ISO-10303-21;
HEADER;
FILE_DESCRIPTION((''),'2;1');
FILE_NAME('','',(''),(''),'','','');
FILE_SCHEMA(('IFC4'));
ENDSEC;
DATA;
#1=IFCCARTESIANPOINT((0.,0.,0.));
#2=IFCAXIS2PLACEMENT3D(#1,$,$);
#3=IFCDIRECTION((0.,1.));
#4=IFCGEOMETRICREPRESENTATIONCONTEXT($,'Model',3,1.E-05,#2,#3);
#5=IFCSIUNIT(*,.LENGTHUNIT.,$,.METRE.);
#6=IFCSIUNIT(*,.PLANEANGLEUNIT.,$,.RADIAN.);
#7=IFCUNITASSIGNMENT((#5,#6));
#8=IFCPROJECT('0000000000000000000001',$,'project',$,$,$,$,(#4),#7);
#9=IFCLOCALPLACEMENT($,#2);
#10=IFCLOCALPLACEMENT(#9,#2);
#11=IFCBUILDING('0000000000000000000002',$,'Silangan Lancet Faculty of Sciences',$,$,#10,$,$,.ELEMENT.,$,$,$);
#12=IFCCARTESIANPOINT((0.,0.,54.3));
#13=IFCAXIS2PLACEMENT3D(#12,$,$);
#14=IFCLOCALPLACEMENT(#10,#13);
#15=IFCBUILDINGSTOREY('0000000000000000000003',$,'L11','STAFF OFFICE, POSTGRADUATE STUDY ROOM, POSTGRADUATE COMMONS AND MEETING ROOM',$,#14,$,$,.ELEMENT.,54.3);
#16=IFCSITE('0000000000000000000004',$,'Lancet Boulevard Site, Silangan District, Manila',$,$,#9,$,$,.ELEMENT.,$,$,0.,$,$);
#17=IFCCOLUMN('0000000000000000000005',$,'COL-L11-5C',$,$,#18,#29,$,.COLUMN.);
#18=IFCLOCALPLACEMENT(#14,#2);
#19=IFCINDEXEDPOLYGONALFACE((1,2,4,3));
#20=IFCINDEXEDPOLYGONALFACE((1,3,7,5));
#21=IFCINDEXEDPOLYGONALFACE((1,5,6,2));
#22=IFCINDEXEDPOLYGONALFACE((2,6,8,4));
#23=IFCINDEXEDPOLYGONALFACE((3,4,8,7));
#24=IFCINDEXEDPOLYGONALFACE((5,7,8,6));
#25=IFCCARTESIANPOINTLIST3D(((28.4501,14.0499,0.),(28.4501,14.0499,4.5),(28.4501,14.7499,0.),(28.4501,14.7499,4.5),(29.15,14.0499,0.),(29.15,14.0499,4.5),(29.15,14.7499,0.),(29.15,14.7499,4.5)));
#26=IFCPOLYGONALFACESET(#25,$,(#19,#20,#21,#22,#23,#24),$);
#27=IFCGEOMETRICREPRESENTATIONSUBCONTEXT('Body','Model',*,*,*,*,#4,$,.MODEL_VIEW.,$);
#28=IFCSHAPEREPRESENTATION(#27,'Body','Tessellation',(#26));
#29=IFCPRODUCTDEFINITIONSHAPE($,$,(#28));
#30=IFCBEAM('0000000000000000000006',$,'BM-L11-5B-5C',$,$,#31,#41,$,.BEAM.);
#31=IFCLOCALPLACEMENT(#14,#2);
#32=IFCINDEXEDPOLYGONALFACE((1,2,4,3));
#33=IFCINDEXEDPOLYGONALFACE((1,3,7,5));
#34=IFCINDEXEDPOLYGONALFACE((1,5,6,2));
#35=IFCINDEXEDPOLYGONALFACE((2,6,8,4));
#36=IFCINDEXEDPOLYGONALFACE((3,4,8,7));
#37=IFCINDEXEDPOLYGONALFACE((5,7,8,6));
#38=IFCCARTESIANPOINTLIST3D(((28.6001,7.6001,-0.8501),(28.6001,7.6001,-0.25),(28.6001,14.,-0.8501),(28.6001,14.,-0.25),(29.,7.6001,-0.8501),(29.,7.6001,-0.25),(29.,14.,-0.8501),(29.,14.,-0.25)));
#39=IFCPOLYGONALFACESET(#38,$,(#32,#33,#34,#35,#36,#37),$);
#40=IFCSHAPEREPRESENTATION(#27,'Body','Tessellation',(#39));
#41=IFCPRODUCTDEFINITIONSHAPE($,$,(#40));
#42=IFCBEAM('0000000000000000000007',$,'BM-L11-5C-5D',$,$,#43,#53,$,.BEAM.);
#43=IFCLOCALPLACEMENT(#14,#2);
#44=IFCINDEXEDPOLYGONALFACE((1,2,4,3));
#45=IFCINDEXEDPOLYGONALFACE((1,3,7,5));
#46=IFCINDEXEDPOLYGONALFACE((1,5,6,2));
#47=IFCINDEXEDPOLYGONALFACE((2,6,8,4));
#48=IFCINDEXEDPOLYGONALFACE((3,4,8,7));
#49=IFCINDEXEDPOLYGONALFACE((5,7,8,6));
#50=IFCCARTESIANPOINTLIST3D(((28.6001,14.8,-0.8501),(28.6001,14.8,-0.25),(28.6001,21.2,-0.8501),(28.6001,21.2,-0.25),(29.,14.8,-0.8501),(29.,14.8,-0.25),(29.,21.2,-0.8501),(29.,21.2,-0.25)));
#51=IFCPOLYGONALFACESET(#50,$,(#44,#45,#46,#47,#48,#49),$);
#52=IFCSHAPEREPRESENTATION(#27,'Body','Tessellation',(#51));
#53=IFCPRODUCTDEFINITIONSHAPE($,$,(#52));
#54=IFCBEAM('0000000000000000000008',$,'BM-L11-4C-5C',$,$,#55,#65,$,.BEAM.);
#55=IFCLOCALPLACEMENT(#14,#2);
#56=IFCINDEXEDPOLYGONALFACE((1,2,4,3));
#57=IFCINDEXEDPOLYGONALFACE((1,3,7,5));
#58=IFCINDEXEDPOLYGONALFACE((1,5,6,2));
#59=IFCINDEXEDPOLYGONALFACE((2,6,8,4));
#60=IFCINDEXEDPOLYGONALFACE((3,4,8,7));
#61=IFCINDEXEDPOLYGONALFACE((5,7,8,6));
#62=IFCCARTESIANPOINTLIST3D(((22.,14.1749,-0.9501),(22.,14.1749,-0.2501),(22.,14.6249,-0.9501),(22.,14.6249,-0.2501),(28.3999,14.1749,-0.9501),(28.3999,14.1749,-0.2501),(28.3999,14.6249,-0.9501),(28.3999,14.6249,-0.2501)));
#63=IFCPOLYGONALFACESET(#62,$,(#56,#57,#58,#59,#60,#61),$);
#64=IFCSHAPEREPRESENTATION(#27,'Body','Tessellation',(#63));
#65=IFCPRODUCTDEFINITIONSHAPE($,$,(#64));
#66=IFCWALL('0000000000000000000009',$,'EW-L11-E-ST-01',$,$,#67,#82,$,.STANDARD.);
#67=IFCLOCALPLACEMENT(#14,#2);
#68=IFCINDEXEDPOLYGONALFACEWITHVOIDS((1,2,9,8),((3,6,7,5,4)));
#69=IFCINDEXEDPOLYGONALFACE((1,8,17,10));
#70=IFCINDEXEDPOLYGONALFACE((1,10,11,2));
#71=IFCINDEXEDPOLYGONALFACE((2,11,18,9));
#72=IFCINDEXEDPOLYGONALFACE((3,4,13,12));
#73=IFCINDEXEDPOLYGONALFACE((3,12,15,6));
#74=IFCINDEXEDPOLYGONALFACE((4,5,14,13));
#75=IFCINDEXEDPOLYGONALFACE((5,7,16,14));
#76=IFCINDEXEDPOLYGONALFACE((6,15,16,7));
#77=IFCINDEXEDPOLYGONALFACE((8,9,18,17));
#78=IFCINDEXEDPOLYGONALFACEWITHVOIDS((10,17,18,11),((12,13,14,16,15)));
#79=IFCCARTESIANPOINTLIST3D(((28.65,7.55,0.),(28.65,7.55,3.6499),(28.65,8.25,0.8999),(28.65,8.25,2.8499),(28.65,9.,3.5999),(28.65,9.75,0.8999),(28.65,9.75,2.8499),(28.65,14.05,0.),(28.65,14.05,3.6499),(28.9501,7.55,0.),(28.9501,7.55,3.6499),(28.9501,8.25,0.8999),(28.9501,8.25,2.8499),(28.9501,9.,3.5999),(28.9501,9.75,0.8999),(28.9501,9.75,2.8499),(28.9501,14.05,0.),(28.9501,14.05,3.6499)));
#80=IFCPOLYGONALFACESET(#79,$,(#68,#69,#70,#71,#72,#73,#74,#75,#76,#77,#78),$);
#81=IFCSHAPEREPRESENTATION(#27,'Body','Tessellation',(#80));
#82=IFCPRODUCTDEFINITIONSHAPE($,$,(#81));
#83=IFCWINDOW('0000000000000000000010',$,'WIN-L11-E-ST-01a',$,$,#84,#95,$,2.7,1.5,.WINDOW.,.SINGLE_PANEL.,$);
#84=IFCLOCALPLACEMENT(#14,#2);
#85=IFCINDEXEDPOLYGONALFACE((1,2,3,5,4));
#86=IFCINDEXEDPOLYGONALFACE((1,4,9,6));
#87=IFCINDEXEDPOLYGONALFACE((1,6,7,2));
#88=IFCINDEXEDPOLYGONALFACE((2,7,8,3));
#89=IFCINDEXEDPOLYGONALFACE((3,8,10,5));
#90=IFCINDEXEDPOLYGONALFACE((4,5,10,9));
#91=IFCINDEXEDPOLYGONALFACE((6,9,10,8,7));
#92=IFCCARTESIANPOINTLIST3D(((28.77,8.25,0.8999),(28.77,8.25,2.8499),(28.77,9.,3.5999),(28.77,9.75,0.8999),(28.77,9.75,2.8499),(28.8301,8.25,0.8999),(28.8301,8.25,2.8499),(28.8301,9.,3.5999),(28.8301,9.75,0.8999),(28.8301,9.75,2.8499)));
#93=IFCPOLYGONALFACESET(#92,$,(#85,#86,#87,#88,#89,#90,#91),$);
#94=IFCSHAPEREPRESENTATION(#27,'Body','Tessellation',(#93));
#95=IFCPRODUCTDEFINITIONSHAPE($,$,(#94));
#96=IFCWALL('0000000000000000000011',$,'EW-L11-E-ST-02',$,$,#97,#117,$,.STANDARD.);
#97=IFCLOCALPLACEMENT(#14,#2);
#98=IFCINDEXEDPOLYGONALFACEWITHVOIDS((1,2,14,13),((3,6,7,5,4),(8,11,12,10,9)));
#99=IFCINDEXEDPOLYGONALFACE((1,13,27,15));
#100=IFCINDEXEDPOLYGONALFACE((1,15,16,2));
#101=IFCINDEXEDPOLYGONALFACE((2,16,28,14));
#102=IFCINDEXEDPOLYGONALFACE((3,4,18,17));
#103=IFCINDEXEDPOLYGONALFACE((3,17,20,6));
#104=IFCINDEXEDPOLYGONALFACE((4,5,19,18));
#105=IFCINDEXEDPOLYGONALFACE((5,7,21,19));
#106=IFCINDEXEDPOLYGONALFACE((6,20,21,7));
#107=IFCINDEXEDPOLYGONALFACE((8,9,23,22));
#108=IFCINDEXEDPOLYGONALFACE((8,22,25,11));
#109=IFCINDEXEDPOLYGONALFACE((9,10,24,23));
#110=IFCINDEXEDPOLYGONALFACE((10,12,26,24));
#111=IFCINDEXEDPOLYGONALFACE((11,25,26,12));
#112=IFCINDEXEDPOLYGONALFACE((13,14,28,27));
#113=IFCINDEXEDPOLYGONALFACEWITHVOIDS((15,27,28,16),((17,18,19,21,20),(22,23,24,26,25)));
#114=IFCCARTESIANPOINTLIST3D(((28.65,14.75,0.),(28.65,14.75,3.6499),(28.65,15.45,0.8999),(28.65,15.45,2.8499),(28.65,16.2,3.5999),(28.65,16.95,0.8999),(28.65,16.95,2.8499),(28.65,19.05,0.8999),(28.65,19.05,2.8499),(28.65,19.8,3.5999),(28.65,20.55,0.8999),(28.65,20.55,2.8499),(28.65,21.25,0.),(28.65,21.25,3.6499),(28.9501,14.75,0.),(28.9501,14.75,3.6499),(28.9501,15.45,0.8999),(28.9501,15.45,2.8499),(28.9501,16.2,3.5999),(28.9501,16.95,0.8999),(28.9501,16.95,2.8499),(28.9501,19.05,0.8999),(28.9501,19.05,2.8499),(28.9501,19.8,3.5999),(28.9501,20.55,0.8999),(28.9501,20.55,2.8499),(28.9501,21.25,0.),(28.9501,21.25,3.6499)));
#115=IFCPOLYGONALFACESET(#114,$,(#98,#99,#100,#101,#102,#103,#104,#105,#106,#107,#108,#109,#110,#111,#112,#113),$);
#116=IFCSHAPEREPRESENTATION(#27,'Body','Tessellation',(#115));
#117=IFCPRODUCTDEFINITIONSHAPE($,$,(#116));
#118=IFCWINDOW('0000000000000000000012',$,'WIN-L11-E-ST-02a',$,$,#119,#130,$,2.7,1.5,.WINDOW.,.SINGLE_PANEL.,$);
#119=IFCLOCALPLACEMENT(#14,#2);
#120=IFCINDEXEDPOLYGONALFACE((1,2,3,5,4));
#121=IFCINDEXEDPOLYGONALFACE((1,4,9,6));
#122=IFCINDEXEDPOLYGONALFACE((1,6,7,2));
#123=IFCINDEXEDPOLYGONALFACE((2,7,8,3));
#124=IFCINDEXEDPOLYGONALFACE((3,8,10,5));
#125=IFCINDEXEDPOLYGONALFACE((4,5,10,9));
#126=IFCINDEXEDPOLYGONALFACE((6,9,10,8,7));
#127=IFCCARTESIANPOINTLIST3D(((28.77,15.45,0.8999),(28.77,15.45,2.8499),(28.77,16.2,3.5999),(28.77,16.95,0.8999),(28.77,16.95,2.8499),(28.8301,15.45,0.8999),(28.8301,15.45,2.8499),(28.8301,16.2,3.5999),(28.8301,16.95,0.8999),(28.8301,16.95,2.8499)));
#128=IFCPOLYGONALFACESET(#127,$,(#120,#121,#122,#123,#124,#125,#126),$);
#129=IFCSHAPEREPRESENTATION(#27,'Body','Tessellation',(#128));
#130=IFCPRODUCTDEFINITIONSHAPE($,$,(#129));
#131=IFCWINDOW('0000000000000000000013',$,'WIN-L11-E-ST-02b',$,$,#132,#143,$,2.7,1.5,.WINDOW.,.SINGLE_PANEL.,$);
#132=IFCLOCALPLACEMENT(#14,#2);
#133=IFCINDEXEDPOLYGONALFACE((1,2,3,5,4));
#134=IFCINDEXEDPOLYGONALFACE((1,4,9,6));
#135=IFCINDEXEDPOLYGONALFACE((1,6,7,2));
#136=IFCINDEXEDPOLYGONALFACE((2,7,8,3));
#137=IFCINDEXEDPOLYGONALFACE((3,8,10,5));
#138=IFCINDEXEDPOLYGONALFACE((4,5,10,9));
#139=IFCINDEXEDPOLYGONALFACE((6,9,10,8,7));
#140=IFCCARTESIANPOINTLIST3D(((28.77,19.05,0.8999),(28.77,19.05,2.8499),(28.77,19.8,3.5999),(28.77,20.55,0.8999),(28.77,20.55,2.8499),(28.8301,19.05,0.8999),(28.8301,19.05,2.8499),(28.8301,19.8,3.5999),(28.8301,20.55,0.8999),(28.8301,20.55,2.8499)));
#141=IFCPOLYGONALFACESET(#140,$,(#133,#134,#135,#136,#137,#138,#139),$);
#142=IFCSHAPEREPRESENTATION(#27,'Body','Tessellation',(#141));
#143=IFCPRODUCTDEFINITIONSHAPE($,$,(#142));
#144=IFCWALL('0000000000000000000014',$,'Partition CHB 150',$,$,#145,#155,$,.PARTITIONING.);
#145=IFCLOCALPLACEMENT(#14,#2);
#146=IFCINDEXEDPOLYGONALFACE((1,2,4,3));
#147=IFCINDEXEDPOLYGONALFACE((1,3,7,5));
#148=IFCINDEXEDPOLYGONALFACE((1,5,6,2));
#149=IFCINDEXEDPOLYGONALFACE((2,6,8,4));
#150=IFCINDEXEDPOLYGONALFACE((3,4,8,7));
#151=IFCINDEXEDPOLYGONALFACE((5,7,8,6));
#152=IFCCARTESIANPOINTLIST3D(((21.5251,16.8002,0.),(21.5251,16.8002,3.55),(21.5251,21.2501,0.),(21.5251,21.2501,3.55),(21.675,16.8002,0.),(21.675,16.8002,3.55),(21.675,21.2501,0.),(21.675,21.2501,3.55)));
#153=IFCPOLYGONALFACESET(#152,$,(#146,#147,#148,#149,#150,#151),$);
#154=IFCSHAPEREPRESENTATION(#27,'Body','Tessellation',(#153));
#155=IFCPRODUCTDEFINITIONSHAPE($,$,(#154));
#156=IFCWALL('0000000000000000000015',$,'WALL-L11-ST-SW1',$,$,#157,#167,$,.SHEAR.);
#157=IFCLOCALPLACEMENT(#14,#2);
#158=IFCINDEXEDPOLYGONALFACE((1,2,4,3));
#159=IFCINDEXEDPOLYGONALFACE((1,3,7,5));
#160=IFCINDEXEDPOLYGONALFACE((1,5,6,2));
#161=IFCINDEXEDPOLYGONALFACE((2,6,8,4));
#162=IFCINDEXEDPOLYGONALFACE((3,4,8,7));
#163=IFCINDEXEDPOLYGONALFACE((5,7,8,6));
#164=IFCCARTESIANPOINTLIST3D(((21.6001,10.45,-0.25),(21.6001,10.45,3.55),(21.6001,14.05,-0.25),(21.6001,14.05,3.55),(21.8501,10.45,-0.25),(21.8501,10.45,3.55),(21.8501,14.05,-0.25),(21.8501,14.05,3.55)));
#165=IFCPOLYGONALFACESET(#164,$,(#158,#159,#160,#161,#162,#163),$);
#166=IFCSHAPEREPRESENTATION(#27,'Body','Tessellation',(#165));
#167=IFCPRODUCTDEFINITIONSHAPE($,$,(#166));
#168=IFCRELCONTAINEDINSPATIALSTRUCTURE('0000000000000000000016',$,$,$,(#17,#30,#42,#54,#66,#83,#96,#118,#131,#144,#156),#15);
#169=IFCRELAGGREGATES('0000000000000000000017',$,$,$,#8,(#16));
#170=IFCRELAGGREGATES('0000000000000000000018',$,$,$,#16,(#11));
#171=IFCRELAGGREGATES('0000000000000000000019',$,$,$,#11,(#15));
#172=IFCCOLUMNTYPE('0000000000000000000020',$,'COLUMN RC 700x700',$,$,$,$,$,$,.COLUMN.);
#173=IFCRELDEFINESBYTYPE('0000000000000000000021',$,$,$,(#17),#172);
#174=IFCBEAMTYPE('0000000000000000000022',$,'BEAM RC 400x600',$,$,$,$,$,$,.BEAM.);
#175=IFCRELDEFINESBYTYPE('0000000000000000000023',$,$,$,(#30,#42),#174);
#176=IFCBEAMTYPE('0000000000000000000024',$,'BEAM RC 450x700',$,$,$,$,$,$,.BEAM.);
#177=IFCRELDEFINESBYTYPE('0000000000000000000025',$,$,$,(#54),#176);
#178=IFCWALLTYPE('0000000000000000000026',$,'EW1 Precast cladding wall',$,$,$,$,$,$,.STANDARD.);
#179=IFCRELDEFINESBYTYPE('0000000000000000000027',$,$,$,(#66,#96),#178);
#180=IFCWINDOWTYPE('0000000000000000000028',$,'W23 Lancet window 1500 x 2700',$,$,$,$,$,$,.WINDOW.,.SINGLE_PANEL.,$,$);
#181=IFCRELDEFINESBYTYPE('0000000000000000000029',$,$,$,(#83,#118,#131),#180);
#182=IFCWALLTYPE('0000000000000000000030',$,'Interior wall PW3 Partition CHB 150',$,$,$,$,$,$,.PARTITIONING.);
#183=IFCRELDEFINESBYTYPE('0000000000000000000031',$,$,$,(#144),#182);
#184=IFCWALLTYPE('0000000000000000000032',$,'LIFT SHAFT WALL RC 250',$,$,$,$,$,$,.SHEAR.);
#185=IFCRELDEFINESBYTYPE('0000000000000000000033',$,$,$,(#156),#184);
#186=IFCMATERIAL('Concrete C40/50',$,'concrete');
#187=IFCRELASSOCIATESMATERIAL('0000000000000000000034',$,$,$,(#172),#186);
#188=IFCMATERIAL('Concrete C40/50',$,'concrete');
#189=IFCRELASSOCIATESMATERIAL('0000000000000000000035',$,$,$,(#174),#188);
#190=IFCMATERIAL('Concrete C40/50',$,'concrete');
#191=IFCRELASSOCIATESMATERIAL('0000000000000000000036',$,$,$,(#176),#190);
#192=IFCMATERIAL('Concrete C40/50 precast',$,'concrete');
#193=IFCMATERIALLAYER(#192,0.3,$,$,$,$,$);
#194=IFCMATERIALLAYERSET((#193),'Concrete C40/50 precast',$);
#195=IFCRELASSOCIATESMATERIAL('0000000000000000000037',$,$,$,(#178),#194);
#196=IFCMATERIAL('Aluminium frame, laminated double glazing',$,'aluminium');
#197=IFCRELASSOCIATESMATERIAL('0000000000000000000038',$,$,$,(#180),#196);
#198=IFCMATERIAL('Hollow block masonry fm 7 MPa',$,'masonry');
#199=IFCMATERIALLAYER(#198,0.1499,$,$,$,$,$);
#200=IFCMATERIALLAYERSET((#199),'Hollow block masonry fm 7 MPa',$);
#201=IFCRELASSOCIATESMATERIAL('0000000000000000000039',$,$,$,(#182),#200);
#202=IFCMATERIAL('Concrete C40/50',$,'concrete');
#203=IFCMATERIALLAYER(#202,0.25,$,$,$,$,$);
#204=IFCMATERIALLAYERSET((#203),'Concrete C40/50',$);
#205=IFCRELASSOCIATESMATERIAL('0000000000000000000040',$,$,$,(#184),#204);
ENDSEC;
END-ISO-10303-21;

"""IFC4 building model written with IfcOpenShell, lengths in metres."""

from ifc_helpers import new_model, si_unit, direction, frame, frame_2d, origin, origin_2d, place, context, subcontext, project, spatial, polyline, rectangle, outline, extrude, material, layer, layer_set, material_profile, profile_set, type_object, element, fill, save


model = new_model("IFC4")

# Units and contexts
model_context = context("Model", 3, precision=1e-05, world=origin(), true_north=direction((0.0, 1.0)))
body_context = subcontext(model_context, "Body", "Model", "MODEL_VIEW")
ifc_project = project(units=[si_unit("LENGTHUNIT", "METRE"), si_unit("PLANEANGLEUNIT", "RADIAN")], contexts=[model_context])

# Site, building, storey
site_placement = place(None, origin())
site = spatial("IfcSite", under=ifc_project, at=site_placement, Name="Lancet Boulevard Site, Silangan District, Manila", CompositionType="ELEMENT", RefElevation=0.0)
building_placement = place(site_placement, origin())
building = spatial("IfcBuilding", under=site, at=building_placement, Name="Silangan Lancet Faculty of Sciences", CompositionType="ELEMENT")
storey_placement = place(building_placement, frame((0.0, 0.0, 54.3)))
storey = spatial("IfcBuildingStorey", under=building, at=storey_placement, Name="L11", Description="STAFF OFFICE, POSTGRADUATE STUDY ROOM, POSTGRADUATE COMMONS AND MEETING ROOM", CompositionType="ELEMENT", Elevation=54.3)

# Column
ifc_material_1 = material(Name="Concrete C40/50", Category="concrete")
ifc_material_profile_1 = material_profile(ifc_material_1, rectangle(XDim=0.7, YDim=0.7, at=origin_2d()), Name="RC 700x700")
ifc_profile_set_1 = profile_set([ifc_material_profile_1], Name="Concrete C40/50")
column_type = type_object("IfcColumnType", Name="COLUMN RC 700x700", PredefinedType="COLUMN", material=ifc_profile_set_1)
column_placement = place(storey_placement, frame((28.8, 14.3999, 0.0), z_axis=(0.0, 0.0, 1.0), x_axis=(1.0, 0.0, 0.0)))
element("IfcColumn", 1, at=column_placement, inside=storey, type_object=column_type, Name="COL-L11-5C", PredefinedType="COLUMN", context=body_context, shape_type="SweptSolid", body=[
    extrude(rectangle(XDim=0.7, YDim=0.7, at=origin_2d()), origin(), (0.0, 0.0, 1.0), 4.5),
])

# Beams
ifc_material_2 = material(Name="Concrete C40/50", Category="concrete")
ifc_material_profile_2 = material_profile(ifc_material_2, rectangle(XDim=0.3999, YDim=0.6001, at=origin_2d()), Name="RC 400x600")
ifc_profile_set_2 = profile_set([ifc_material_profile_2], Name="Concrete C40/50")
beam_type_1 = type_object("IfcBeamType", Name="BEAM RC 400x600", PredefinedType="BEAM", material=ifc_profile_set_2)
for number, where, z_axis, x_axis, name in (
    (2, (28.8, 7.6001, -0.55), (0.0, 1.0, 0.0), (-1.0, 0.0, 0.0), "BM-L11-5B-5C"),
    (3, (28.8, 14.8, -0.55), (0.0, 1.0, 0.0), (-1.0, 0.0, 0.0), "BM-L11-5C-5D"),
):
    element("IfcBeam", number, at=place(storey_placement, frame(where, z_axis=z_axis, x_axis=x_axis)), inside=storey, type_object=beam_type_1, Name=name, PredefinedType="BEAM", context=body_context, shape_type="SweptSolid", body=[
        extrude(rectangle(XDim=0.3999, YDim=0.6001, at=origin_2d()), origin(), (0.0, 0.0, 1.0), 6.3999),
    ])
ifc_material_3 = material(Name="Concrete C40/50", Category="concrete")
ifc_material_profile_3 = material_profile(ifc_material_3, rectangle(XDim=0.45, YDim=0.7, at=origin_2d()), Name="RC 450x700")
ifc_profile_set_3 = profile_set([ifc_material_profile_3], Name="Concrete C40/50")
beam_type_2 = type_object("IfcBeamType", Name="BEAM RC 450x700", PredefinedType="BEAM", material=ifc_profile_set_3)
beam_placement = place(storey_placement, frame((22.0, 14.3999, -0.6001), z_axis=(1.0, 0.0, 0.0), x_axis=(0.0, 1.0, 0.0)))
element("IfcBeam", 4, at=beam_placement, inside=storey, type_object=beam_type_2, Name="BM-L11-4C-5C", PredefinedType="BEAM", context=body_context, shape_type="SweptSolid", body=[
    extrude(rectangle(XDim=0.45, YDim=0.7, at=origin_2d()), origin(), (0.0, 0.0, 1.0), 6.3999),
])

# Wall, opening, window
ifc_material_4 = material(Name="Concrete C40/50 precast", Category="concrete")
ifc_layer_1 = layer(ifc_material_4, 0.3)
ifc_layer_set_1 = layer_set([ifc_layer_1], Name="Concrete C40/50 precast")
wall_type_1 = type_object("IfcWallType", Name="EW1 Precast cladding wall", PredefinedType="STANDARD", material=ifc_layer_set_1)
wall_1_placement = place(storey_placement, frame((28.8, 7.55, 0.0), z_axis=(0.0, 0.0, 1.0), x_axis=(0.0, 1.0, 0.0)))
wall_1 = element("IfcWall", 5, at=wall_1_placement, inside=storey, type_object=wall_type_1, Name="EW-L11-E-ST-01", PredefinedType="STANDARD", context=body_context, shape_type="SweptSolid", body=[
    extrude(rectangle(XDim=6.5, YDim=0.3, at=frame_2d((3.25, 0.0))), origin(), (0.0, 0.0, 1.0), 3.6499),
])
opening_1_placement = place(wall_1_placement, frame((0.7, 0.0, 0.8999)))
opening_1 = element("IfcOpeningElement", 6, at=opening_1_placement, cuts=wall_1, PredefinedType="OPENING", context=body_context, shape_type="SweptSolid", body=[
    extrude(outline(polyline([(0.0, 0.0), (1.5, 0.0), (1.5, 1.95), (0.75, 2.7), (0.0, 1.95), (0.0, 0.0)])), frame((0.0, 0.1599, 0.0), z_axis=(0.0, -1.0, 0.0), x_axis=(1.0, 0.0, 0.0)), (0.0, 0.0, 1.0), 0.3201),
])
ifc_material_5 = material(Name="Aluminium frame, laminated double glazing", Category="aluminium")
window_type = type_object("IfcWindowType", Name="W23 Lancet window 1500 x 2700", PartitioningType="SINGLE_PANEL", PredefinedType="WINDOW", material=ifc_material_5)
window_1_placement = place(opening_1_placement, origin())
window_1 = element("IfcWindow", 7, at=window_1_placement, inside=storey, type_object=window_type, Name="WIN-L11-E-ST-01a", OverallHeight=2.7, OverallWidth=1.5, PartitioningType="SINGLE_PANEL", PredefinedType="WINDOW", context=body_context, shape_type="SweptSolid", body=[
    extrude(outline(polyline([(0.0, 0.0), (1.5, 0.0), (1.5, 1.95), (0.75, 2.7), (0.0, 1.95), (0.0, 0.0)])), frame((0.0, 0.03, 0.0), z_axis=(0.0, -1.0, 0.0), x_axis=(1.0, 0.0, 0.0)), (0.0, 0.0, 1.0), 0.0601),
])
fill(opening_1, window_1)

# Wall, openings, windows
wall_2_placement = place(storey_placement, frame((28.8, 14.75, 0.0), z_axis=(0.0, 0.0, 1.0), x_axis=(0.0, 1.0, 0.0)))
wall_2 = element("IfcWall", 8, at=wall_2_placement, inside=storey, type_object=wall_type_1, Name="EW-L11-E-ST-02", PredefinedType="STANDARD", context=body_context, shape_type="SweptSolid", body=[
    extrude(rectangle(XDim=6.5, YDim=0.3, at=frame_2d((3.25, 0.0))), origin(), (0.0, 0.0, 1.0), 3.6499),
])
opening_2_placement = place(wall_2_placement, frame((0.7, 0.0, 0.8999)))
opening_2 = element("IfcOpeningElement", 9, at=opening_2_placement, cuts=wall_2, PredefinedType="OPENING", context=body_context, shape_type="SweptSolid", body=[
    extrude(outline(polyline([(0.0, 0.0), (1.5, 0.0), (1.5, 1.95), (0.75, 2.7), (0.0, 1.95), (0.0, 0.0)])), frame((0.0, 0.1599, 0.0), z_axis=(0.0, -1.0, 0.0), x_axis=(1.0, 0.0, 0.0)), (0.0, 0.0, 1.0), 0.3201),
])
opening_3_placement = place(wall_2_placement, frame((4.3, 0.0, 0.8999)))
opening_3 = element("IfcOpeningElement", 10, at=opening_3_placement, cuts=wall_2, PredefinedType="OPENING", context=body_context, shape_type="SweptSolid", body=[
    extrude(outline(polyline([(0.0, 0.0), (1.5, 0.0), (1.5, 1.95), (0.75, 2.7), (0.0, 1.95), (0.0, 0.0)])), frame((0.0, 0.1599, 0.0), z_axis=(0.0, -1.0, 0.0), x_axis=(1.0, 0.0, 0.0)), (0.0, 0.0, 1.0), 0.3201),
])
window_2_placement = place(opening_2_placement, origin())
window_2 = element("IfcWindow", 11, at=window_2_placement, inside=storey, type_object=window_type, Name="WIN-L11-E-ST-02a", OverallHeight=2.7, OverallWidth=1.5, PartitioningType="SINGLE_PANEL", PredefinedType="WINDOW", context=body_context, shape_type="SweptSolid", body=[
    extrude(outline(polyline([(0.0, 0.0), (1.5, 0.0), (1.5, 1.95), (0.75, 2.7), (0.0, 1.95), (0.0, 0.0)])), frame((0.0, 0.03, 0.0), z_axis=(0.0, -1.0, 0.0), x_axis=(1.0, 0.0, 0.0)), (0.0, 0.0, 1.0), 0.0601),
])
fill(opening_2, window_2)
window_3_placement = place(opening_3_placement, origin())
window_3 = element("IfcWindow", 12, at=window_3_placement, inside=storey, type_object=window_type, Name="WIN-L11-E-ST-02b", OverallHeight=2.7, OverallWidth=1.5, PartitioningType="SINGLE_PANEL", PredefinedType="WINDOW", context=body_context, shape_type="SweptSolid", body=[
    extrude(outline(polyline([(0.0, 0.0), (1.5, 0.0), (1.5, 1.95), (0.75, 2.7), (0.0, 1.95), (0.0, 0.0)])), frame((0.0, 0.03, 0.0), z_axis=(0.0, -1.0, 0.0), x_axis=(1.0, 0.0, 0.0)), (0.0, 0.0, 1.0), 0.0601),
])
fill(opening_3, window_3)

# Walls
ifc_material_6 = material(Name="Hollow block masonry fm 7 MPa", Category="masonry")
ifc_layer_2 = layer(ifc_material_6, 0.1499)
ifc_layer_set_2 = layer_set([ifc_layer_2], Name="Hollow block masonry fm 7 MPa")
wall_type_2 = type_object("IfcWallType", Name="Interior wall PW3 Partition CHB 150", PredefinedType="PARTITIONING", material=ifc_layer_set_2)
wall_3_placement = place(storey_placement, frame((21.6001, 16.8, 0.0), z_axis=(0.0, 0.0, 1.0), x_axis=(0.0, 1.0, 0.0)))
element("IfcWall", 13, at=wall_3_placement, inside=storey, type_object=wall_type_2, Name="Partition CHB 150", PredefinedType="PARTITIONING", context=body_context, shape_type="SweptSolid", body=[
    extrude(rectangle(XDim=4.45, YDim=0.1499, at=frame_2d((2.2251, 0.0))), origin(), (0.0, 0.0, 1.0), 3.55),
])
ifc_material_7 = material(Name="Concrete C40/50", Category="concrete")
ifc_layer_3 = layer(ifc_material_7, 0.25)
ifc_layer_set_3 = layer_set([ifc_layer_3], Name="Concrete C40/50")
wall_type_3 = type_object("IfcWallType", Name="LIFT SHAFT WALL RC 250", PredefinedType="SHEAR", material=ifc_layer_set_3)
wall_4_placement = place(storey_placement, frame((21.7251, 10.45, -0.25), z_axis=(0.0, 0.0, 1.0), x_axis=(0.0, 1.0, 0.0)))
element("IfcWall", 14, at=wall_4_placement, inside=storey, type_object=wall_type_3, Name="WALL-L11-ST-SW1", PredefinedType="SHEAR", context=body_context, shape_type="SweptSolid", body=[
    extrude(rectangle(XDim=3.6001, YDim=0.25, at=frame_2d((1.8, 0.0))), origin(), (0.0, 0.0, 1.0), 3.8),
])

save(model, "model.ifc")
